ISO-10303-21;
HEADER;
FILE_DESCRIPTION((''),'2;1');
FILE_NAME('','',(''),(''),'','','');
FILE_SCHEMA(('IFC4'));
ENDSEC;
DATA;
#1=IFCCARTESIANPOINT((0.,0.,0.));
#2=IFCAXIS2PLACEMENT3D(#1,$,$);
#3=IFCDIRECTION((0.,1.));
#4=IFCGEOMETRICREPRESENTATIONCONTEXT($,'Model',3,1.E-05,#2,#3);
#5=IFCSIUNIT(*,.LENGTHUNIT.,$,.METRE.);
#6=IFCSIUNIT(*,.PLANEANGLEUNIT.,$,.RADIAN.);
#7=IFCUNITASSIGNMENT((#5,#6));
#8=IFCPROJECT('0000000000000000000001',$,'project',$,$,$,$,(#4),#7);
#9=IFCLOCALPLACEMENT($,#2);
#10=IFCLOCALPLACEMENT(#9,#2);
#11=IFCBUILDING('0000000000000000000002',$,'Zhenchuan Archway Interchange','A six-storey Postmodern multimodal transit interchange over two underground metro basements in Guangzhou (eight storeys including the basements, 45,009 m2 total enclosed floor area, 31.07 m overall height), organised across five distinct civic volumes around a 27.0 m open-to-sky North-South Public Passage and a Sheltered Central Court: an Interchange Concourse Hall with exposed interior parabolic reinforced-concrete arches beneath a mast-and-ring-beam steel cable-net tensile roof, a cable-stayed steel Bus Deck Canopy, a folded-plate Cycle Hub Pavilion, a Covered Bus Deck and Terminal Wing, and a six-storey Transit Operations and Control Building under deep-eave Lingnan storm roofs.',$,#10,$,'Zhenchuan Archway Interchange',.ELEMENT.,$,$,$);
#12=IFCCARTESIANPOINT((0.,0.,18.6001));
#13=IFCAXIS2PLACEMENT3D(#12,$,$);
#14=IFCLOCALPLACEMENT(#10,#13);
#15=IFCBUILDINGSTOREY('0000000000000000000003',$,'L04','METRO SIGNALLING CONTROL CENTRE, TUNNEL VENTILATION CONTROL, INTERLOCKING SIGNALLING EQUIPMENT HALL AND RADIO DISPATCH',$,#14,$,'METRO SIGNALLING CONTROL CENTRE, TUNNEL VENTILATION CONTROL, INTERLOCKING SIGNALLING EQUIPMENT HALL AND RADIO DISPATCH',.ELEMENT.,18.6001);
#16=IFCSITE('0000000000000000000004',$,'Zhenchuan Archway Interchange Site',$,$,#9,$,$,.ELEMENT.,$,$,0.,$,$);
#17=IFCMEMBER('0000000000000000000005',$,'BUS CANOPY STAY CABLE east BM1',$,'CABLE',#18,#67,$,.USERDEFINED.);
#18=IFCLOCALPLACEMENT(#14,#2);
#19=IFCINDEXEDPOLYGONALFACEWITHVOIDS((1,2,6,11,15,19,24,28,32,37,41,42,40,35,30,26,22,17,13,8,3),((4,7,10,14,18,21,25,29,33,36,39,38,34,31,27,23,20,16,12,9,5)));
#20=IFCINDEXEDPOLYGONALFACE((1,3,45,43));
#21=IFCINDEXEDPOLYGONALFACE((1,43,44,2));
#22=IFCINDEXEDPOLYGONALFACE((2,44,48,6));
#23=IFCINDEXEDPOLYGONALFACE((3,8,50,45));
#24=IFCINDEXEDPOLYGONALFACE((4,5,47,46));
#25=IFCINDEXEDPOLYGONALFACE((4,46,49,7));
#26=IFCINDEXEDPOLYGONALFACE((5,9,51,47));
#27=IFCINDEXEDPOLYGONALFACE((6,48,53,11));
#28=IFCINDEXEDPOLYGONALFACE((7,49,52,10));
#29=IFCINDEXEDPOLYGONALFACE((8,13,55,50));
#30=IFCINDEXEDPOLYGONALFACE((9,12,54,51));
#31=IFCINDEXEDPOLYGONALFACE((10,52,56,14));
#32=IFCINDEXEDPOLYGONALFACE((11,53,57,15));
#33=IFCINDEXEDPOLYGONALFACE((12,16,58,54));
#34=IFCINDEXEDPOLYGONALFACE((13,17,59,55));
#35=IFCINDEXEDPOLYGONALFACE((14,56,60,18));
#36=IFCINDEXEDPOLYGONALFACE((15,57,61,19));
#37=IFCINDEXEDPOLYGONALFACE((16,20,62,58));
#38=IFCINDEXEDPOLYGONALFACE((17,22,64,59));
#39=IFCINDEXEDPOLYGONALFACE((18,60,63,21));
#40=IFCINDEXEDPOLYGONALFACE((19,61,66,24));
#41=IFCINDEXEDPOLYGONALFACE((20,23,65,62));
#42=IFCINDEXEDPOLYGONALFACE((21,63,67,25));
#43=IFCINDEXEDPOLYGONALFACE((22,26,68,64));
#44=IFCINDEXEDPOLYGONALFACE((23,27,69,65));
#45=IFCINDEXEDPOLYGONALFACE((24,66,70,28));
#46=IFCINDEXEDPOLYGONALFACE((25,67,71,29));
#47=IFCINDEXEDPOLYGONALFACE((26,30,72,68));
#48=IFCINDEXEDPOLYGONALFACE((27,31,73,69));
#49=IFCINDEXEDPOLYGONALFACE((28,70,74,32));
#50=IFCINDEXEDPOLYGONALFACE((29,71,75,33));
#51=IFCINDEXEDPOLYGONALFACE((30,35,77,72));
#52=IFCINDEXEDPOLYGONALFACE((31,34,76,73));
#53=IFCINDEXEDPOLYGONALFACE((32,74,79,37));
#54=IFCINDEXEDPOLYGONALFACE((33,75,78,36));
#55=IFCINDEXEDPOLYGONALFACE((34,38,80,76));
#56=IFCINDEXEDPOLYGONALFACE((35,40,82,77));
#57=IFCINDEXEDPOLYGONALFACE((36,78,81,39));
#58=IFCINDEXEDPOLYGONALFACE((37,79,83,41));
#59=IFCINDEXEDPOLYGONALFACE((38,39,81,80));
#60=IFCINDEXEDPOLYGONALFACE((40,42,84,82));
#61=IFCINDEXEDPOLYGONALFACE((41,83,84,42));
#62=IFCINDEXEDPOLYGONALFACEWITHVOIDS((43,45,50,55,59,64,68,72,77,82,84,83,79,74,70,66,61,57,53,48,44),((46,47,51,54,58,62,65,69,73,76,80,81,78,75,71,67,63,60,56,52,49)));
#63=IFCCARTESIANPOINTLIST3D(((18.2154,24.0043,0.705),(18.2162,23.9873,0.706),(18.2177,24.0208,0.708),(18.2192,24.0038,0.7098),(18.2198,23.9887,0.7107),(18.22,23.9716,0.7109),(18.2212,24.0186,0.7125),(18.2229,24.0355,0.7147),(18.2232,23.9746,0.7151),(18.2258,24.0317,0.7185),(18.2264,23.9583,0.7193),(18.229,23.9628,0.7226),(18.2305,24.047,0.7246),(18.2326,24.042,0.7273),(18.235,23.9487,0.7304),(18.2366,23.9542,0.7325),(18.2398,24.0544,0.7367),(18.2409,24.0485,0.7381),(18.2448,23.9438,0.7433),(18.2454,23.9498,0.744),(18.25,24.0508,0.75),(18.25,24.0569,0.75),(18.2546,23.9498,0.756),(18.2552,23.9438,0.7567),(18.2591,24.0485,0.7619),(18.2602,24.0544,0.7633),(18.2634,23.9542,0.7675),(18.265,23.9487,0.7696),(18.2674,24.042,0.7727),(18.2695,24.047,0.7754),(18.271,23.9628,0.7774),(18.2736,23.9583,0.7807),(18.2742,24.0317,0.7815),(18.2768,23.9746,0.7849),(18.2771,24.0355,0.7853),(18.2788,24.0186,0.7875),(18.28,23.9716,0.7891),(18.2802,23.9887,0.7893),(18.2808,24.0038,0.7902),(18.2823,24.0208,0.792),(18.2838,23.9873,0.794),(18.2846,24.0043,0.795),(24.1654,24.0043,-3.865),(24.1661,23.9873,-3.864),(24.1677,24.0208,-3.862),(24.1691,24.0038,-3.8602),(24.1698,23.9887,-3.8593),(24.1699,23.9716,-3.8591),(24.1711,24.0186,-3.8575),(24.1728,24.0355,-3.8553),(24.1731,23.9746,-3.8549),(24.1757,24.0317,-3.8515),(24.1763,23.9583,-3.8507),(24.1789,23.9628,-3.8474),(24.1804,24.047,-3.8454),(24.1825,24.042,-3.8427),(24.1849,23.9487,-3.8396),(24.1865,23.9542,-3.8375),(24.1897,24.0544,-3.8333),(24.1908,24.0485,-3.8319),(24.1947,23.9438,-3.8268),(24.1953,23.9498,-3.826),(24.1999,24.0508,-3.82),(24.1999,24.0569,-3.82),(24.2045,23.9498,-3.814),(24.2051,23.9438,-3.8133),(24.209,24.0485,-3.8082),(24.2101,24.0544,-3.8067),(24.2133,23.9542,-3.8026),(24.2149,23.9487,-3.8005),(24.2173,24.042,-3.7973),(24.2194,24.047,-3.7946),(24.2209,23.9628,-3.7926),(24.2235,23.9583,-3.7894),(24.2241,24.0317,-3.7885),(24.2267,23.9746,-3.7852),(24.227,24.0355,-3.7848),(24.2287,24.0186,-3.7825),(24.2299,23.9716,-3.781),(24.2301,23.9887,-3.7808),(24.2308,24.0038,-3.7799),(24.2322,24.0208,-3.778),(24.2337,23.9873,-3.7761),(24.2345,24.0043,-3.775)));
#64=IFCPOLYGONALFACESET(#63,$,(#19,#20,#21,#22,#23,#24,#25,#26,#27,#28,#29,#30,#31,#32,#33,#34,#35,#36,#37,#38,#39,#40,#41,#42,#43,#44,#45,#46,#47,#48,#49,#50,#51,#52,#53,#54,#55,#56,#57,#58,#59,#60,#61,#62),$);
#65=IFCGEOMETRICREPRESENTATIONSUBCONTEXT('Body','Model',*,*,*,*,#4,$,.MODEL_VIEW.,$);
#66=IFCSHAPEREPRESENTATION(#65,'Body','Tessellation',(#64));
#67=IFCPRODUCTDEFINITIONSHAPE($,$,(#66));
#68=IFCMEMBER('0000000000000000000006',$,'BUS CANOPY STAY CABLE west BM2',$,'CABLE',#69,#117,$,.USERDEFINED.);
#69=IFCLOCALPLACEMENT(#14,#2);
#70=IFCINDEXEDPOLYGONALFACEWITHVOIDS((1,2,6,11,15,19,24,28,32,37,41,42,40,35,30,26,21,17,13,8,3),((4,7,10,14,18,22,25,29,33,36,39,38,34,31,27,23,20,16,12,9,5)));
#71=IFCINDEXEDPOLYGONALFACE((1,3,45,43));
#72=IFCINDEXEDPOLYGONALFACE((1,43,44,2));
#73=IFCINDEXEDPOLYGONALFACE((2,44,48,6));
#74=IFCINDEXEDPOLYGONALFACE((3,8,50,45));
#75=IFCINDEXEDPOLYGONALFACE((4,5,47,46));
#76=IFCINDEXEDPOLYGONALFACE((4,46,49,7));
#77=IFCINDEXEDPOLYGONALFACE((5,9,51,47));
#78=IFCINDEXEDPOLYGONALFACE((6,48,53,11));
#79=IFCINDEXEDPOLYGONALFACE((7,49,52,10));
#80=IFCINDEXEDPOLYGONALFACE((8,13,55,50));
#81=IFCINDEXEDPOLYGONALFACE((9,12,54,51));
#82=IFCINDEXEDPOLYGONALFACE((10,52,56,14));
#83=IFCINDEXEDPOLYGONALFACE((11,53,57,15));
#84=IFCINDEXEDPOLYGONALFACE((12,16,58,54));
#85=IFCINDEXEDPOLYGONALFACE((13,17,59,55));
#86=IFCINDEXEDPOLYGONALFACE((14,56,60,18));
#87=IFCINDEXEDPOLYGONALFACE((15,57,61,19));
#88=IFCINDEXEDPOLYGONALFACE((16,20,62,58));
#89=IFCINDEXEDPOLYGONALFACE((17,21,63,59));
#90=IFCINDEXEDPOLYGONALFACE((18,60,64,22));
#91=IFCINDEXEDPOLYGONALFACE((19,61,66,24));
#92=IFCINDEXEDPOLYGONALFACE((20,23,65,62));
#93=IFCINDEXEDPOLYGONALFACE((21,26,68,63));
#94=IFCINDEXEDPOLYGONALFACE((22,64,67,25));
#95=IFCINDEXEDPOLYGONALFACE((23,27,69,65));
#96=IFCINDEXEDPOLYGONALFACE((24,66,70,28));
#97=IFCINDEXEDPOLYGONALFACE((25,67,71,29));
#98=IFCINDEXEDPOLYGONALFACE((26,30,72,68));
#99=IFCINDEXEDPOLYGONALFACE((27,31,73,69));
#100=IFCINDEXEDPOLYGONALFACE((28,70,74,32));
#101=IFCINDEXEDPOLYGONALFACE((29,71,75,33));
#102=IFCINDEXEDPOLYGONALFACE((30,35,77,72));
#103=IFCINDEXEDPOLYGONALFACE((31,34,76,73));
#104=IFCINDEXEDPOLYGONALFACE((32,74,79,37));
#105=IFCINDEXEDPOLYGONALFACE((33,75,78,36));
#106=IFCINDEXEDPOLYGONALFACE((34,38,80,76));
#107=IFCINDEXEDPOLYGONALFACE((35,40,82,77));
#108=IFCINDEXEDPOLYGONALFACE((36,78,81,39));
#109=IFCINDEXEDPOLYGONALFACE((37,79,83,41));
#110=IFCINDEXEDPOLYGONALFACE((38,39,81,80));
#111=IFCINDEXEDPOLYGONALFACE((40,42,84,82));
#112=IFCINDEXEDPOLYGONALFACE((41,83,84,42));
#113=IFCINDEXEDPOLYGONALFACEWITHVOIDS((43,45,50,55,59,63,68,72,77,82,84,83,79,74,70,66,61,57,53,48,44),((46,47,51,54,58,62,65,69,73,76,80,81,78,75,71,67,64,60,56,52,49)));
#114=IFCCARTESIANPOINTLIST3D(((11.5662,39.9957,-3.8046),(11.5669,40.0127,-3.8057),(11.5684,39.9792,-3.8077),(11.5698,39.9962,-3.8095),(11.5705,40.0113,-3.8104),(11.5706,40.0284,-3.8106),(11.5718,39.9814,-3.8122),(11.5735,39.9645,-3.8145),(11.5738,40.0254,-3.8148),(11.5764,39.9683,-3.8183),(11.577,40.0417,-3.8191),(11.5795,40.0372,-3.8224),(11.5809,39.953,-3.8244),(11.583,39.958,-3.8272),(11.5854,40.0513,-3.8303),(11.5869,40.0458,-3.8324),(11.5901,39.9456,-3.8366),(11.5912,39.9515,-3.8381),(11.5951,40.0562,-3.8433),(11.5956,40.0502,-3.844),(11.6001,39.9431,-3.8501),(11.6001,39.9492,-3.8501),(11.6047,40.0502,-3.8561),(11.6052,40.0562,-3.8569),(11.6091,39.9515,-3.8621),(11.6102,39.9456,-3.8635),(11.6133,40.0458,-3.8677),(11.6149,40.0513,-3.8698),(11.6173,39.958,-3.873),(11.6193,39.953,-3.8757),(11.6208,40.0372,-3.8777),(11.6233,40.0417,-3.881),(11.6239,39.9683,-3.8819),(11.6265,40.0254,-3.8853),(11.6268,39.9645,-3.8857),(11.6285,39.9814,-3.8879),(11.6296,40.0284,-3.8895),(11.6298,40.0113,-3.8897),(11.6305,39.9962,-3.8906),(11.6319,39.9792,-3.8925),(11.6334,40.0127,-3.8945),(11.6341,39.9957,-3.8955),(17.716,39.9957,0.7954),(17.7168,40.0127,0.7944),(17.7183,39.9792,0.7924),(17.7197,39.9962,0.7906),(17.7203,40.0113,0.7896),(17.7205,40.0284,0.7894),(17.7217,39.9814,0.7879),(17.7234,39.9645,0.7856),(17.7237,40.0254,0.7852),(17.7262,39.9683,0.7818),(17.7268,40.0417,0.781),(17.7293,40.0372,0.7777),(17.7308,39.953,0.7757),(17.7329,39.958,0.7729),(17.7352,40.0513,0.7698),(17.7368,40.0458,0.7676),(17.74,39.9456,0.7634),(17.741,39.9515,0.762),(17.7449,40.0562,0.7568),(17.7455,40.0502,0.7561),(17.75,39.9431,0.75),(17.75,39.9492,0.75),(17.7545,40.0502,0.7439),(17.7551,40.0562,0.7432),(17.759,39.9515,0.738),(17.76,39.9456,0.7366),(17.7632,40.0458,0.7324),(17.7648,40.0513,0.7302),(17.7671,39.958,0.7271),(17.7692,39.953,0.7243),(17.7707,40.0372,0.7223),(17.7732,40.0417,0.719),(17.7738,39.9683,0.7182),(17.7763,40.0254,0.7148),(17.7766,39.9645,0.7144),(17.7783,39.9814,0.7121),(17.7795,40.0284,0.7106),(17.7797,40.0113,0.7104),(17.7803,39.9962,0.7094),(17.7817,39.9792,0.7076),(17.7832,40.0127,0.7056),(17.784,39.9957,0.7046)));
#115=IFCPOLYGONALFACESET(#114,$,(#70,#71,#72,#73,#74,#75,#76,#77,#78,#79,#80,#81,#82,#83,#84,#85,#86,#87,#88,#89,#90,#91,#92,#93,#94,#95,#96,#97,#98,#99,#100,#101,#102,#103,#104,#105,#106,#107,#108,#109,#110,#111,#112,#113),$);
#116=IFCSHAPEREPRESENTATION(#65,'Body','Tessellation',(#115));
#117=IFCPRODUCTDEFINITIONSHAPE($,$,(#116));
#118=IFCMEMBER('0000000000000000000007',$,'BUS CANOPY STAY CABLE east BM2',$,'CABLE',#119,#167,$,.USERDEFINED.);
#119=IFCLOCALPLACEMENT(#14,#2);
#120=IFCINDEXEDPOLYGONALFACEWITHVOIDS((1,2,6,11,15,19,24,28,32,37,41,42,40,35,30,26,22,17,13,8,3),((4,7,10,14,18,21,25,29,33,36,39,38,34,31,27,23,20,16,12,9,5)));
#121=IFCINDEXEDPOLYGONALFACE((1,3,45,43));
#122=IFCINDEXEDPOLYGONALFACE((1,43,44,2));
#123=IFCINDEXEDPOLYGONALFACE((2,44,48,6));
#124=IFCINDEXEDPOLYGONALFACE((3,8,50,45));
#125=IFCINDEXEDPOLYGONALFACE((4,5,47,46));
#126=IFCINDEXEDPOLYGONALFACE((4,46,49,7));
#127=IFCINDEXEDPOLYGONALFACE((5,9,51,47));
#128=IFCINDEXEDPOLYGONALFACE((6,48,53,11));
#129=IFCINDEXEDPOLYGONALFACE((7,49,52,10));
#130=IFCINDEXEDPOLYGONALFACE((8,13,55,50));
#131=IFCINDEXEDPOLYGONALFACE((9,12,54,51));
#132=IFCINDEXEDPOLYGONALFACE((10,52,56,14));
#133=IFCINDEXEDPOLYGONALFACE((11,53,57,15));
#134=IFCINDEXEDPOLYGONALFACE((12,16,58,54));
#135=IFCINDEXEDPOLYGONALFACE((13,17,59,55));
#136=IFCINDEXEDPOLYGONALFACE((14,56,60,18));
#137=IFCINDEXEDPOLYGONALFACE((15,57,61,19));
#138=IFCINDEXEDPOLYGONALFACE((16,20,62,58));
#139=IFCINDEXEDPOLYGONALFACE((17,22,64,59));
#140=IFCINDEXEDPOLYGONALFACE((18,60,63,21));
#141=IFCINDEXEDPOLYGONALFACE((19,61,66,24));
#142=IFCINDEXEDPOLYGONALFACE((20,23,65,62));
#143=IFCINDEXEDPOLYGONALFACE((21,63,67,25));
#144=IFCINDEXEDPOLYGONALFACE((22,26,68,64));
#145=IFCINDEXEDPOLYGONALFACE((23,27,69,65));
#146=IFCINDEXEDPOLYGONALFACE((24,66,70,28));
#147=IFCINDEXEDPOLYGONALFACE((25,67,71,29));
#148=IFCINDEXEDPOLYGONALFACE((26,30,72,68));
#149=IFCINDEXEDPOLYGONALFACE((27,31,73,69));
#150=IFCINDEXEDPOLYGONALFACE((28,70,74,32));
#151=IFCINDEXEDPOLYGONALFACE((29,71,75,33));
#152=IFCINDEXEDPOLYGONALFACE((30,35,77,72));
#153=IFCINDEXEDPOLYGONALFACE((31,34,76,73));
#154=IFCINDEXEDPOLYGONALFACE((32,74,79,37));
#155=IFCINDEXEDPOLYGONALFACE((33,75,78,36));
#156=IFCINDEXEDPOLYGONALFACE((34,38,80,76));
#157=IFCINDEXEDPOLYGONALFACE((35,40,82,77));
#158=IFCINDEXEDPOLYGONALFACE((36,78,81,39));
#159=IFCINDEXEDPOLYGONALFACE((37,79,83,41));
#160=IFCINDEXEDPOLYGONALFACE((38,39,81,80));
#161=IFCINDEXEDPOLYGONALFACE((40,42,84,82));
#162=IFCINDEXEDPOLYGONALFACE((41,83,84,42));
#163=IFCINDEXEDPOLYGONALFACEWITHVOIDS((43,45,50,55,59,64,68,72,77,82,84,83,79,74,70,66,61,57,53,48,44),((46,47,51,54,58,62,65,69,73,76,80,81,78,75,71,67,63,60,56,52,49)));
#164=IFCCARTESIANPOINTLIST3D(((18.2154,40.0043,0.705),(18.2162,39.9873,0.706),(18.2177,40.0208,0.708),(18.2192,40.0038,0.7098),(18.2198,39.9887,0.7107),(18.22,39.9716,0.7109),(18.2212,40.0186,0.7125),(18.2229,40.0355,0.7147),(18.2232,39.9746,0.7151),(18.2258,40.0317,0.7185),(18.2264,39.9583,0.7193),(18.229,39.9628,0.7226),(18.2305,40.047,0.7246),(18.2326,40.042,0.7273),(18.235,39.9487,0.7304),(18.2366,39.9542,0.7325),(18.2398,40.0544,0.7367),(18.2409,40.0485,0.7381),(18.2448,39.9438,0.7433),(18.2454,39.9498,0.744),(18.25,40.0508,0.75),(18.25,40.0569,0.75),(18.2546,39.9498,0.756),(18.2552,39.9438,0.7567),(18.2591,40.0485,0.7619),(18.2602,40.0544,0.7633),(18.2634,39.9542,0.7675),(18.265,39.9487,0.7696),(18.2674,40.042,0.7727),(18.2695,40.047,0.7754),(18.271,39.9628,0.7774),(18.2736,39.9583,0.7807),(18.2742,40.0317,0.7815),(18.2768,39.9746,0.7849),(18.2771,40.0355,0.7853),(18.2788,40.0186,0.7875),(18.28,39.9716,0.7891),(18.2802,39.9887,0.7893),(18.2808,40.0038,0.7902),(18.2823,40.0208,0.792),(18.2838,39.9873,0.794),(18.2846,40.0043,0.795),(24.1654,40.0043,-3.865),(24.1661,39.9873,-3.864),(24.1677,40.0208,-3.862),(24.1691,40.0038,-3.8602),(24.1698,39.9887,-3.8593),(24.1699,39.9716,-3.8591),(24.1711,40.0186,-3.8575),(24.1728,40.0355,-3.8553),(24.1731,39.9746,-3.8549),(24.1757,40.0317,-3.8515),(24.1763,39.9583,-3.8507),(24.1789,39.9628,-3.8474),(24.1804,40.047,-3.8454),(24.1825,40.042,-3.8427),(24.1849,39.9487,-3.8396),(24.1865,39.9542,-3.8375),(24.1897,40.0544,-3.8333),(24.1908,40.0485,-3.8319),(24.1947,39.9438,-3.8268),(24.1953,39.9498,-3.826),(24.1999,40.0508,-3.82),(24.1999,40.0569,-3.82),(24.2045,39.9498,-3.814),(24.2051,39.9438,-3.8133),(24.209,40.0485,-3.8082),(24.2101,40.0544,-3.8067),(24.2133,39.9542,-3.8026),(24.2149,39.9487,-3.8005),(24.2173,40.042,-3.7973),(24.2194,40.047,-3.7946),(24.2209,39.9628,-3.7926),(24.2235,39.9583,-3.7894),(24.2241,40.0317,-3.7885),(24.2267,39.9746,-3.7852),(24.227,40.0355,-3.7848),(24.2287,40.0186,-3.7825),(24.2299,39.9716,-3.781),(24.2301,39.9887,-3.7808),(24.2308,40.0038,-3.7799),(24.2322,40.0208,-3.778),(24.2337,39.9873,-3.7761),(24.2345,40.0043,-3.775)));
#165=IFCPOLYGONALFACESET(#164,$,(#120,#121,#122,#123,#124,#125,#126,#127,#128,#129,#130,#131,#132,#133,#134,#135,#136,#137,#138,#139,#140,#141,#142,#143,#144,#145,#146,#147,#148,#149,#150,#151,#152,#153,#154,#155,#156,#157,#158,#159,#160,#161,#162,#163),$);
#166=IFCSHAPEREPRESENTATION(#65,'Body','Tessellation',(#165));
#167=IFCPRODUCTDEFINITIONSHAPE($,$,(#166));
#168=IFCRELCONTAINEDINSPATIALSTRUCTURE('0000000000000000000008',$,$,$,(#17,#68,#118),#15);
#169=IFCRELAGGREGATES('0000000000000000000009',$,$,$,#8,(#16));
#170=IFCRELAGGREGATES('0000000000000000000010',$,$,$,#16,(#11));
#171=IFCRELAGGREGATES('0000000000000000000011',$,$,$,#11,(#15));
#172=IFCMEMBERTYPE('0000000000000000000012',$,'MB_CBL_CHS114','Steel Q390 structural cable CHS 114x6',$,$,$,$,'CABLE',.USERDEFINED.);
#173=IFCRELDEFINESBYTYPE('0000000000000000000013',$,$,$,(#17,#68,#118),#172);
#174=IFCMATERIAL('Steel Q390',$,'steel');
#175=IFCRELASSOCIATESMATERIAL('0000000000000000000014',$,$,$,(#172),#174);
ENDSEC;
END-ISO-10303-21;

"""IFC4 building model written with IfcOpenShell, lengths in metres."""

from ifc_helpers import new_model, si_unit, direction, frame, origin, origin_2d, place, context, subcontext, project, spatial, hollow_circle, extrude, material, material_profile, profile_set, type_object, element, save


model = new_model("IFC4")

# Units and contexts
model_context = context("Model", 3, precision=1e-05, world=origin(), true_north=direction((0.0, 1.0)))
body_context = subcontext(model_context, "Body", "Model", "MODEL_VIEW")
ifc_project = project(units=[si_unit("LENGTHUNIT", "METRE"), si_unit("PLANEANGLEUNIT", "RADIAN")], contexts=[model_context])

# Site, building, storey
site_placement = place(None, origin())
site = spatial("IfcSite", under=ifc_project, at=site_placement, Name="Zhenchuan Archway Interchange Site", CompositionType="ELEMENT", RefElevation=0.0)
building_placement = place(site_placement, origin())
building = spatial("IfcBuilding", under=site, at=building_placement, Name="Zhenchuan Archway Interchange", Description="A six-storey Postmodern multimodal transit interchange over two underground metro basements in Guangzhou (eight storeys including the basements, 45,009 m2 total enclosed floor area, 31.07 m overall height), organised across five distinct civic volumes around a 27.0 m open-to-sky North-South Public Passage and a Sheltered Central Court: an Interchange Concourse Hall with exposed interior parabolic reinforced-concrete arches beneath a mast-and-ring-beam steel cable-net tensile roof, a cable-stayed steel Bus Deck Canopy, a folded-plate Cycle Hub Pavilion, a Covered Bus Deck and Terminal Wing, and a six-storey Transit Operations and Control Building under deep-eave Lingnan storm roofs.", LongName="Zhenchuan Archway Interchange", CompositionType="ELEMENT")
storey_placement = place(building_placement, frame((0.0, 0.0, 18.6001)))
storey = spatial("IfcBuildingStorey", under=building, at=storey_placement, Name="L04", Description="METRO SIGNALLING CONTROL CENTRE, TUNNEL VENTILATION CONTROL, INTERLOCKING SIGNALLING EQUIPMENT HALL AND RADIO DISPATCH", LongName="METRO SIGNALLING CONTROL CENTRE, TUNNEL VENTILATION CONTROL, INTERLOCKING SIGNALLING EQUIPMENT HALL AND RADIO DISPATCH", CompositionType="ELEMENT", Elevation=18.6001)

# Shared definitions
ifc_material_1 = material(Name="Steel Q390", Category="steel")

# Members
ifc_material_profile_1 = material_profile(ifc_material_1, hollow_circle(Radius=0.0569, WallThickness=0.0061, at=origin_2d()), Name="CHS 114x6")
ifc_profile_set_1 = profile_set([ifc_material_profile_1], Name="Steel Q390")
member_type_1 = type_object("IfcMemberType", Name="MB_CBL_CHS114", Description="Steel Q390 structural cable CHS 114x6", ElementType="CABLE", PredefinedType="USERDEFINED", material=ifc_profile_set_1)
member_1_placement = place(storey_placement, frame((18.25, 24.0, 0.75), z_axis=(0.793063, 0.0, -0.60914), x_axis=(0.0, 1.0, 0.0)))
element("IfcMember", 1, at=member_1_placement, inside=storey, type_object=member_type_1, Name="BUS CANOPY STAY CABLE east BM1", ObjectType="CABLE", PredefinedType="USERDEFINED", context=body_context, shape_type="SweptSolid", body=[
    extrude(hollow_circle(Radius=0.0569, WallThickness=0.0061, at=origin_2d()), origin(), (0.0, 0.0, 1.0), 7.5024),
])
member_2_placement = place(storey_placement, frame((17.75, 40.0, 0.75), z_axis=(-0.80077, 0.0, -0.598972), x_axis=(0.0, -1.0, 0.0)))
element("IfcMember", 2, at=member_2_placement, inside=storey, type_object=member_type_1, Name="BUS CANOPY STAY CABLE west BM2", ObjectType="CABLE", PredefinedType="USERDEFINED", context=body_context, shape_type="SweptSolid", body=[
    extrude(hollow_circle(Radius=0.0569, WallThickness=0.0061, at=origin_2d()), origin(), (0.0, 0.0, 1.0), 7.6799),
])
member_3_placement = place(storey_placement, frame((18.25, 40.0, 0.75), z_axis=(0.793063, 0.0, -0.60914), x_axis=(0.0, 1.0, 0.0)))
element("IfcMember", 3, at=member_3_placement, inside=storey, type_object=member_type_1, Name="BUS CANOPY STAY CABLE east BM2", ObjectType="CABLE", PredefinedType="USERDEFINED", context=body_context, shape_type="SweptSolid", body=[
    extrude(hollow_circle(Radius=0.0569, WallThickness=0.0061, at=origin_2d()), origin(), (0.0, 0.0, 1.0), 7.5024),
])

save(model, "model.ifc")
